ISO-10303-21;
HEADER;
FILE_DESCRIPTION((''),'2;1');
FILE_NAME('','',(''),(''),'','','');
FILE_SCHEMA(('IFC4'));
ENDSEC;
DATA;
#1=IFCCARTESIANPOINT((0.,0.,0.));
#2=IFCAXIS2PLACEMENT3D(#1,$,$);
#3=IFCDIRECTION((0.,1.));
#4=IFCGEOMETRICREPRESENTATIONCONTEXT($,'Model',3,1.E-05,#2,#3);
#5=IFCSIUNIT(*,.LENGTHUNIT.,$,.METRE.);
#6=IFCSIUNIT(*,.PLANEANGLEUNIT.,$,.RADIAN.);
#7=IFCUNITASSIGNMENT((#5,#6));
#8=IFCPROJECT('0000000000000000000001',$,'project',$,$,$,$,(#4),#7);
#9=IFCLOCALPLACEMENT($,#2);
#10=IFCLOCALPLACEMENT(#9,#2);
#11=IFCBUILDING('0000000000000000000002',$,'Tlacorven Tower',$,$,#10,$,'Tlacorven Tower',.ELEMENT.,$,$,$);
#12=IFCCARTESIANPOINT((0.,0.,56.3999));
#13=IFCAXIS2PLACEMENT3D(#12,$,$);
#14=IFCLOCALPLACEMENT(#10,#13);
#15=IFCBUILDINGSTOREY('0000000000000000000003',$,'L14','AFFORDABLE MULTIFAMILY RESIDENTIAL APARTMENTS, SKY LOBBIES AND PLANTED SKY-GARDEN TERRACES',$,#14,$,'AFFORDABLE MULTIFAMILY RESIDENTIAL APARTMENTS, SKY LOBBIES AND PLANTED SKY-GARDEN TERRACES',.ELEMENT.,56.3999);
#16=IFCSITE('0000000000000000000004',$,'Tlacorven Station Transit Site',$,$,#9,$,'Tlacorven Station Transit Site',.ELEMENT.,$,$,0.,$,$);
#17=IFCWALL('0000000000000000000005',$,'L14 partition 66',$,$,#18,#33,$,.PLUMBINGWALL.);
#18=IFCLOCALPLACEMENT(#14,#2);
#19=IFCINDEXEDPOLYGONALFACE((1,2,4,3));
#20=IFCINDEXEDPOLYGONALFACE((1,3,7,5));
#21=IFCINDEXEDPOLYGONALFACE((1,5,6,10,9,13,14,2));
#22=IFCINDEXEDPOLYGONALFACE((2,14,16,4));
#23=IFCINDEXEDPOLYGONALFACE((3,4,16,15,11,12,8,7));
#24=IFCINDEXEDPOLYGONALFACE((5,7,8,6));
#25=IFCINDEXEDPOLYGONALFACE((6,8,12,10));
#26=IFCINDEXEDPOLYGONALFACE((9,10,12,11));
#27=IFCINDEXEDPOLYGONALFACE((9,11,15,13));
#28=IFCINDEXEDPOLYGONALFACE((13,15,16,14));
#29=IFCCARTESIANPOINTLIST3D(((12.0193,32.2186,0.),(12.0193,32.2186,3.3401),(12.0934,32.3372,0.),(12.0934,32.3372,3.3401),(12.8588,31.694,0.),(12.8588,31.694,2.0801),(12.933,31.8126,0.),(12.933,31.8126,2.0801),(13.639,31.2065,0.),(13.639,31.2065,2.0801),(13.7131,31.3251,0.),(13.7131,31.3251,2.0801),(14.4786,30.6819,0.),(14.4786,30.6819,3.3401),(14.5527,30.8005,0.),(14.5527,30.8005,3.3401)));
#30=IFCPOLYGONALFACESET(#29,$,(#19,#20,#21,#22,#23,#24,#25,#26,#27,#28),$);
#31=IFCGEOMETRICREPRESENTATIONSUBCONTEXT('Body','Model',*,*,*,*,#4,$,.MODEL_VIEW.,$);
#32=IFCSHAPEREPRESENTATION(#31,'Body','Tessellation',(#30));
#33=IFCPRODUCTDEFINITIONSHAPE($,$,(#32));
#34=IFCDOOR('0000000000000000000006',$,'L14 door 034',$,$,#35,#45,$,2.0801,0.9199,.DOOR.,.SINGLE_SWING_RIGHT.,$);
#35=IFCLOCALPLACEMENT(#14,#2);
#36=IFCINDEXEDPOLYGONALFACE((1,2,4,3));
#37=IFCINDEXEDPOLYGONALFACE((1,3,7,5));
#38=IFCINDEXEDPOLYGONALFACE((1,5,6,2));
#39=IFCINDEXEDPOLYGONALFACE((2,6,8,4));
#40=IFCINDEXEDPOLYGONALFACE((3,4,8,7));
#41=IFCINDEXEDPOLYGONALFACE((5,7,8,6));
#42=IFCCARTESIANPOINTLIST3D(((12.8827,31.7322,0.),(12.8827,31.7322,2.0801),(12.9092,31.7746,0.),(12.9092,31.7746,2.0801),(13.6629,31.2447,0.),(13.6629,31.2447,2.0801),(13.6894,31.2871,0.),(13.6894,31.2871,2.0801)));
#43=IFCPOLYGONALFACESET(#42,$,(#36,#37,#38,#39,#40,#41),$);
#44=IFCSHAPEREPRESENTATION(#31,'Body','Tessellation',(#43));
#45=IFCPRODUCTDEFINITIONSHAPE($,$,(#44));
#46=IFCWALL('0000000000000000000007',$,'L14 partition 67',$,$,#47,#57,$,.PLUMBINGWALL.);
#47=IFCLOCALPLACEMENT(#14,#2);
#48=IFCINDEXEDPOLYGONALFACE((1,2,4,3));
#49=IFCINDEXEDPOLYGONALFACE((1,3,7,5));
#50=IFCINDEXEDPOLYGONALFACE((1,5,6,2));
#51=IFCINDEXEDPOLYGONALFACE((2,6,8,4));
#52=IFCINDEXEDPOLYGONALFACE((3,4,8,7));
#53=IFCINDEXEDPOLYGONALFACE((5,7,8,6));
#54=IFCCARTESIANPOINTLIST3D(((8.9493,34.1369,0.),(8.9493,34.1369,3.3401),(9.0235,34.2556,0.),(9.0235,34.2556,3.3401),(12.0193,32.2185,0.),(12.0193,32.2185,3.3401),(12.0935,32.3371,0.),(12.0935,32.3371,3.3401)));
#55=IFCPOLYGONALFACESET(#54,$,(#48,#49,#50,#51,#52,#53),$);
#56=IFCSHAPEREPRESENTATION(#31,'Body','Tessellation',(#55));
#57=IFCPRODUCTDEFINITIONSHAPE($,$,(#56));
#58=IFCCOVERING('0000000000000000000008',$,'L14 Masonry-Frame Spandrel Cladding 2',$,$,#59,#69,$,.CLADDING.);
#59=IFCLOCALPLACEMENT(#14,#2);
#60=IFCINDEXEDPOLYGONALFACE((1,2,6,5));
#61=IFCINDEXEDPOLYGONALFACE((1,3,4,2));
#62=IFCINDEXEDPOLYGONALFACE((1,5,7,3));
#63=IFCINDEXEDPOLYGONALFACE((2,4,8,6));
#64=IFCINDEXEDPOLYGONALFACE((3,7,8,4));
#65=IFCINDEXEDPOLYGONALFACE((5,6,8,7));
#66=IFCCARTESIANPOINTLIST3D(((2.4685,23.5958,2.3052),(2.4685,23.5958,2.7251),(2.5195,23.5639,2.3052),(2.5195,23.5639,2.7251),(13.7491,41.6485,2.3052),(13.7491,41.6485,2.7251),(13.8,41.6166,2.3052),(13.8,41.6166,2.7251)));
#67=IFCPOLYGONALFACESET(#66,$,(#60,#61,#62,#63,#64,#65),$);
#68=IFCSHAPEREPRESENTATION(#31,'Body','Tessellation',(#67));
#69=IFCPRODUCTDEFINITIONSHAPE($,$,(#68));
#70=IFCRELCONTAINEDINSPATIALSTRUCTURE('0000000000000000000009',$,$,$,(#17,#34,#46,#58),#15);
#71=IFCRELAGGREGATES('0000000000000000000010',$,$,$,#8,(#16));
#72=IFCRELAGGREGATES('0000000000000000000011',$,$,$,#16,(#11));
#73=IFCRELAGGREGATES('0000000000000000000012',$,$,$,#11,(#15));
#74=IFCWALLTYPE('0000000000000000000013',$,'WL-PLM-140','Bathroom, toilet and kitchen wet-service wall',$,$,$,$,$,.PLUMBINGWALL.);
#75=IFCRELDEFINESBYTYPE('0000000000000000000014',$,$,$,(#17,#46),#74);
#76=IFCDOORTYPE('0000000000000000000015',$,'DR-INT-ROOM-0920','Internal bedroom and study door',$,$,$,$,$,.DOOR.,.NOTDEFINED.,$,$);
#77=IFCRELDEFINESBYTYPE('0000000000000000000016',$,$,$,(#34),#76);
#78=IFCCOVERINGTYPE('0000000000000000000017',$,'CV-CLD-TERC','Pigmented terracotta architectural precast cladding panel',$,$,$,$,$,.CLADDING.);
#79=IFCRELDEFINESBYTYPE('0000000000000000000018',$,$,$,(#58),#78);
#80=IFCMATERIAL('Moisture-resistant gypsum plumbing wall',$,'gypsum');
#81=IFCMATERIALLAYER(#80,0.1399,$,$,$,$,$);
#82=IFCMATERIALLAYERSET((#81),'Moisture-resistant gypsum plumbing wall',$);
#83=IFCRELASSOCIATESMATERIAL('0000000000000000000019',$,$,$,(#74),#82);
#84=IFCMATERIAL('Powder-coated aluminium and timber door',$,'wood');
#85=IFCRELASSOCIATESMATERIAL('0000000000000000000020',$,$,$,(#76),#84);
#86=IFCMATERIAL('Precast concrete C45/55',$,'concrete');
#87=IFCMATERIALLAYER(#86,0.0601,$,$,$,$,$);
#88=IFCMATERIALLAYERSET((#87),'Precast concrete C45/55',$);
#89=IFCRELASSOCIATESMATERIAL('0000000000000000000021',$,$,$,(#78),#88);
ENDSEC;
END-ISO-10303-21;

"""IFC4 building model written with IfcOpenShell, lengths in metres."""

from ifc_helpers import new_model, si_unit, direction, frame, frame_2d, origin, origin_2d, place, context, subcontext, project, spatial, rectangle, extrude, source, transform, mapped, material, layer, layer_set, type_object, element, fill, save


model = new_model("IFC4")

# Units and contexts
model_context = context("Model", 3, precision=1e-05, world=origin(), true_north=direction((0.0, 1.0)))
body_context = subcontext(model_context, "Body", "Model", "MODEL_VIEW")
ifc_project = project(units=[si_unit("LENGTHUNIT", "METRE"), si_unit("PLANEANGLEUNIT", "RADIAN")], contexts=[model_context])

# Site, building, storey
site_placement = place(None, origin())
site = spatial("IfcSite", under=ifc_project, at=site_placement, Name="Tlacorven Station Transit Site", LongName="Tlacorven Station Transit Site", CompositionType="ELEMENT", RefElevation=0.0)
building_placement = place(site_placement, origin())
building = spatial("IfcBuilding", under=site, at=building_placement, Name="Tlacorven Tower", LongName="Tlacorven Tower", CompositionType="ELEMENT")
storey_placement = place(building_placement, frame((0.0, 0.0, 56.3999)))
storey = spatial("IfcBuildingStorey", under=building, at=storey_placement, Name="L14", Description="AFFORDABLE MULTIFAMILY RESIDENTIAL APARTMENTS, SKY LOBBIES AND PLANTED SKY-GARDEN TERRACES", LongName="AFFORDABLE MULTIFAMILY RESIDENTIAL APARTMENTS, SKY LOBBIES AND PLANTED SKY-GARDEN TERRACES", CompositionType="ELEMENT", Elevation=56.3999)

# Wall, opening, door
ifc_material_1 = material(Name="Moisture-resistant gypsum plumbing wall", Category="gypsum")
ifc_layer_1 = layer(ifc_material_1, 0.1399)
ifc_layer_set_1 = layer_set([ifc_layer_1], Name="Moisture-resistant gypsum plumbing wall")
wall_type_1 = type_object("IfcWallType", Name="WL-PLM-140", Description="Bathroom, toilet and kitchen wet-service wall", PredefinedType="PLUMBINGWALL", material=ifc_layer_set_1)
wall_1_placement = place(storey_placement, frame((14.5156, 30.7412, 0.0), z_axis=(0.0, 0.0, 1.0), x_axis=(-0.84806, 0.529901, 0.0)))
wall_1 = element("IfcWall", 1, at=wall_1_placement, inside=storey, type_object=wall_type_1, Name="L14 partition 66", PredefinedType="PLUMBINGWALL", context=body_context, shape_type="SweptSolid", body=[
    extrude(rectangle(XDim=2.8999, YDim=0.1399, at=frame_2d((1.45, 0.0))), origin(), (0.0, 0.0, 1.0), 3.3401),
])
opening_placement = place(wall_1_placement, frame((0.99, 0.0, 0.0)))
opening = element("IfcOpeningElement", 2, at=opening_placement, cuts=wall_1, PredefinedType="OPENING", context=body_context, shape_type="SweptSolid", body=[
    extrude(rectangle(XDim=0.9199, YDim=2.0801, at=frame_2d((0.46, 1.04))), frame((0.0, 0.0801, 0.0), z_axis=(0.0, -1.0, 0.0), x_axis=(1.0, 0.0, 0.0)), (0.0, 0.0, 1.0), 0.1599),
])
ifc_material_2 = material(Name="Powder-coated aluminium and timber door", Category="wood")
door_type = type_object("IfcDoorType", Name="DR-INT-ROOM-0920", Description="Internal bedroom and study door", OperationType="NOTDEFINED", PredefinedType="DOOR", material=ifc_material_2)
shared_shape_1 = source(origin(), body_context, "Body", "SweptSolid", [
    extrude(rectangle(XDim=0.9199, YDim=2.0801, at=frame_2d((0.46, 1.04))), frame((0.0, 0.0249, 0.0), z_axis=(0.0, -1.0, 0.0), x_axis=(1.0, 0.0, 0.0)), (0.0, 0.0, 1.0), 0.05),
])
door_placement = place(opening_placement, origin())
door = element("IfcDoor", 3, at=door_placement, inside=storey, type_object=door_type, Name="L14 door 034", OperationType="SINGLE_SWING_RIGHT", OverallHeight=2.0801, OverallWidth=0.9199, PredefinedType="DOOR", context=body_context, shape_type="MappedRepresentation", body=[
    mapped(shared_shape_1, transform((0.0, 0.0, 0.0), scale=1.0)),
])
fill(opening, door)

# Wall
wall_2_placement = place(storey_placement, frame((12.0564, 32.2778, 0.0), z_axis=(0.0, 0.0, 1.0), x_axis=(-0.84804, 0.529932, 0.0)))
element("IfcWall", 4, at=wall_2_placement, inside=storey, type_object=wall_type_1, Name="L14 partition 67", PredefinedType="PLUMBINGWALL", context=body_context, shape_type="SweptSolid", body=[
    extrude(rectangle(XDim=3.6201, YDim=0.1399, at=frame_2d((1.8101, 0.0))), origin(), (0.0, 0.0, 1.0), 3.3401),
])

# Covering
ifc_material_3 = material(Name="Precast concrete C45/55", Category="concrete")
ifc_layer_2 = layer(ifc_material_3, 0.0601)
ifc_layer_set_2 = layer_set([ifc_layer_2], Name="Precast concrete C45/55")
covering_type = type_object("IfcCoveringType", Name="CV-CLD-TERC", Description="Pigmented terracotta architectural precast cladding panel", PredefinedType="CLADDING", material=ifc_layer_set_2)
shared_shape_2 = source(origin(), body_context, "Body", "SweptSolid", [
    extrude(rectangle(XDim=21.2874, YDim=0.0601, at=origin_2d()), origin(), (0.0, 0.0, 1.0), 0.4199),
])
covering_placement = place(storey_placement, frame((8.1343, 32.6062, 2.3052), z_axis=(0.0, 0.0, 1.0), x_axis=(0.529919, 0.848048, 0.0)))
element("IfcCovering", 5, at=covering_placement, inside=storey, type_object=covering_type, Name="L14 Masonry-Frame Spandrel Cladding 2", PredefinedType="CLADDING", context=body_context, shape_type="MappedRepresentation", body=[
    mapped(shared_shape_2, transform((0.0, 0.0, 0.0), scale=1.0)),
])

save(model, "model.ifc")
